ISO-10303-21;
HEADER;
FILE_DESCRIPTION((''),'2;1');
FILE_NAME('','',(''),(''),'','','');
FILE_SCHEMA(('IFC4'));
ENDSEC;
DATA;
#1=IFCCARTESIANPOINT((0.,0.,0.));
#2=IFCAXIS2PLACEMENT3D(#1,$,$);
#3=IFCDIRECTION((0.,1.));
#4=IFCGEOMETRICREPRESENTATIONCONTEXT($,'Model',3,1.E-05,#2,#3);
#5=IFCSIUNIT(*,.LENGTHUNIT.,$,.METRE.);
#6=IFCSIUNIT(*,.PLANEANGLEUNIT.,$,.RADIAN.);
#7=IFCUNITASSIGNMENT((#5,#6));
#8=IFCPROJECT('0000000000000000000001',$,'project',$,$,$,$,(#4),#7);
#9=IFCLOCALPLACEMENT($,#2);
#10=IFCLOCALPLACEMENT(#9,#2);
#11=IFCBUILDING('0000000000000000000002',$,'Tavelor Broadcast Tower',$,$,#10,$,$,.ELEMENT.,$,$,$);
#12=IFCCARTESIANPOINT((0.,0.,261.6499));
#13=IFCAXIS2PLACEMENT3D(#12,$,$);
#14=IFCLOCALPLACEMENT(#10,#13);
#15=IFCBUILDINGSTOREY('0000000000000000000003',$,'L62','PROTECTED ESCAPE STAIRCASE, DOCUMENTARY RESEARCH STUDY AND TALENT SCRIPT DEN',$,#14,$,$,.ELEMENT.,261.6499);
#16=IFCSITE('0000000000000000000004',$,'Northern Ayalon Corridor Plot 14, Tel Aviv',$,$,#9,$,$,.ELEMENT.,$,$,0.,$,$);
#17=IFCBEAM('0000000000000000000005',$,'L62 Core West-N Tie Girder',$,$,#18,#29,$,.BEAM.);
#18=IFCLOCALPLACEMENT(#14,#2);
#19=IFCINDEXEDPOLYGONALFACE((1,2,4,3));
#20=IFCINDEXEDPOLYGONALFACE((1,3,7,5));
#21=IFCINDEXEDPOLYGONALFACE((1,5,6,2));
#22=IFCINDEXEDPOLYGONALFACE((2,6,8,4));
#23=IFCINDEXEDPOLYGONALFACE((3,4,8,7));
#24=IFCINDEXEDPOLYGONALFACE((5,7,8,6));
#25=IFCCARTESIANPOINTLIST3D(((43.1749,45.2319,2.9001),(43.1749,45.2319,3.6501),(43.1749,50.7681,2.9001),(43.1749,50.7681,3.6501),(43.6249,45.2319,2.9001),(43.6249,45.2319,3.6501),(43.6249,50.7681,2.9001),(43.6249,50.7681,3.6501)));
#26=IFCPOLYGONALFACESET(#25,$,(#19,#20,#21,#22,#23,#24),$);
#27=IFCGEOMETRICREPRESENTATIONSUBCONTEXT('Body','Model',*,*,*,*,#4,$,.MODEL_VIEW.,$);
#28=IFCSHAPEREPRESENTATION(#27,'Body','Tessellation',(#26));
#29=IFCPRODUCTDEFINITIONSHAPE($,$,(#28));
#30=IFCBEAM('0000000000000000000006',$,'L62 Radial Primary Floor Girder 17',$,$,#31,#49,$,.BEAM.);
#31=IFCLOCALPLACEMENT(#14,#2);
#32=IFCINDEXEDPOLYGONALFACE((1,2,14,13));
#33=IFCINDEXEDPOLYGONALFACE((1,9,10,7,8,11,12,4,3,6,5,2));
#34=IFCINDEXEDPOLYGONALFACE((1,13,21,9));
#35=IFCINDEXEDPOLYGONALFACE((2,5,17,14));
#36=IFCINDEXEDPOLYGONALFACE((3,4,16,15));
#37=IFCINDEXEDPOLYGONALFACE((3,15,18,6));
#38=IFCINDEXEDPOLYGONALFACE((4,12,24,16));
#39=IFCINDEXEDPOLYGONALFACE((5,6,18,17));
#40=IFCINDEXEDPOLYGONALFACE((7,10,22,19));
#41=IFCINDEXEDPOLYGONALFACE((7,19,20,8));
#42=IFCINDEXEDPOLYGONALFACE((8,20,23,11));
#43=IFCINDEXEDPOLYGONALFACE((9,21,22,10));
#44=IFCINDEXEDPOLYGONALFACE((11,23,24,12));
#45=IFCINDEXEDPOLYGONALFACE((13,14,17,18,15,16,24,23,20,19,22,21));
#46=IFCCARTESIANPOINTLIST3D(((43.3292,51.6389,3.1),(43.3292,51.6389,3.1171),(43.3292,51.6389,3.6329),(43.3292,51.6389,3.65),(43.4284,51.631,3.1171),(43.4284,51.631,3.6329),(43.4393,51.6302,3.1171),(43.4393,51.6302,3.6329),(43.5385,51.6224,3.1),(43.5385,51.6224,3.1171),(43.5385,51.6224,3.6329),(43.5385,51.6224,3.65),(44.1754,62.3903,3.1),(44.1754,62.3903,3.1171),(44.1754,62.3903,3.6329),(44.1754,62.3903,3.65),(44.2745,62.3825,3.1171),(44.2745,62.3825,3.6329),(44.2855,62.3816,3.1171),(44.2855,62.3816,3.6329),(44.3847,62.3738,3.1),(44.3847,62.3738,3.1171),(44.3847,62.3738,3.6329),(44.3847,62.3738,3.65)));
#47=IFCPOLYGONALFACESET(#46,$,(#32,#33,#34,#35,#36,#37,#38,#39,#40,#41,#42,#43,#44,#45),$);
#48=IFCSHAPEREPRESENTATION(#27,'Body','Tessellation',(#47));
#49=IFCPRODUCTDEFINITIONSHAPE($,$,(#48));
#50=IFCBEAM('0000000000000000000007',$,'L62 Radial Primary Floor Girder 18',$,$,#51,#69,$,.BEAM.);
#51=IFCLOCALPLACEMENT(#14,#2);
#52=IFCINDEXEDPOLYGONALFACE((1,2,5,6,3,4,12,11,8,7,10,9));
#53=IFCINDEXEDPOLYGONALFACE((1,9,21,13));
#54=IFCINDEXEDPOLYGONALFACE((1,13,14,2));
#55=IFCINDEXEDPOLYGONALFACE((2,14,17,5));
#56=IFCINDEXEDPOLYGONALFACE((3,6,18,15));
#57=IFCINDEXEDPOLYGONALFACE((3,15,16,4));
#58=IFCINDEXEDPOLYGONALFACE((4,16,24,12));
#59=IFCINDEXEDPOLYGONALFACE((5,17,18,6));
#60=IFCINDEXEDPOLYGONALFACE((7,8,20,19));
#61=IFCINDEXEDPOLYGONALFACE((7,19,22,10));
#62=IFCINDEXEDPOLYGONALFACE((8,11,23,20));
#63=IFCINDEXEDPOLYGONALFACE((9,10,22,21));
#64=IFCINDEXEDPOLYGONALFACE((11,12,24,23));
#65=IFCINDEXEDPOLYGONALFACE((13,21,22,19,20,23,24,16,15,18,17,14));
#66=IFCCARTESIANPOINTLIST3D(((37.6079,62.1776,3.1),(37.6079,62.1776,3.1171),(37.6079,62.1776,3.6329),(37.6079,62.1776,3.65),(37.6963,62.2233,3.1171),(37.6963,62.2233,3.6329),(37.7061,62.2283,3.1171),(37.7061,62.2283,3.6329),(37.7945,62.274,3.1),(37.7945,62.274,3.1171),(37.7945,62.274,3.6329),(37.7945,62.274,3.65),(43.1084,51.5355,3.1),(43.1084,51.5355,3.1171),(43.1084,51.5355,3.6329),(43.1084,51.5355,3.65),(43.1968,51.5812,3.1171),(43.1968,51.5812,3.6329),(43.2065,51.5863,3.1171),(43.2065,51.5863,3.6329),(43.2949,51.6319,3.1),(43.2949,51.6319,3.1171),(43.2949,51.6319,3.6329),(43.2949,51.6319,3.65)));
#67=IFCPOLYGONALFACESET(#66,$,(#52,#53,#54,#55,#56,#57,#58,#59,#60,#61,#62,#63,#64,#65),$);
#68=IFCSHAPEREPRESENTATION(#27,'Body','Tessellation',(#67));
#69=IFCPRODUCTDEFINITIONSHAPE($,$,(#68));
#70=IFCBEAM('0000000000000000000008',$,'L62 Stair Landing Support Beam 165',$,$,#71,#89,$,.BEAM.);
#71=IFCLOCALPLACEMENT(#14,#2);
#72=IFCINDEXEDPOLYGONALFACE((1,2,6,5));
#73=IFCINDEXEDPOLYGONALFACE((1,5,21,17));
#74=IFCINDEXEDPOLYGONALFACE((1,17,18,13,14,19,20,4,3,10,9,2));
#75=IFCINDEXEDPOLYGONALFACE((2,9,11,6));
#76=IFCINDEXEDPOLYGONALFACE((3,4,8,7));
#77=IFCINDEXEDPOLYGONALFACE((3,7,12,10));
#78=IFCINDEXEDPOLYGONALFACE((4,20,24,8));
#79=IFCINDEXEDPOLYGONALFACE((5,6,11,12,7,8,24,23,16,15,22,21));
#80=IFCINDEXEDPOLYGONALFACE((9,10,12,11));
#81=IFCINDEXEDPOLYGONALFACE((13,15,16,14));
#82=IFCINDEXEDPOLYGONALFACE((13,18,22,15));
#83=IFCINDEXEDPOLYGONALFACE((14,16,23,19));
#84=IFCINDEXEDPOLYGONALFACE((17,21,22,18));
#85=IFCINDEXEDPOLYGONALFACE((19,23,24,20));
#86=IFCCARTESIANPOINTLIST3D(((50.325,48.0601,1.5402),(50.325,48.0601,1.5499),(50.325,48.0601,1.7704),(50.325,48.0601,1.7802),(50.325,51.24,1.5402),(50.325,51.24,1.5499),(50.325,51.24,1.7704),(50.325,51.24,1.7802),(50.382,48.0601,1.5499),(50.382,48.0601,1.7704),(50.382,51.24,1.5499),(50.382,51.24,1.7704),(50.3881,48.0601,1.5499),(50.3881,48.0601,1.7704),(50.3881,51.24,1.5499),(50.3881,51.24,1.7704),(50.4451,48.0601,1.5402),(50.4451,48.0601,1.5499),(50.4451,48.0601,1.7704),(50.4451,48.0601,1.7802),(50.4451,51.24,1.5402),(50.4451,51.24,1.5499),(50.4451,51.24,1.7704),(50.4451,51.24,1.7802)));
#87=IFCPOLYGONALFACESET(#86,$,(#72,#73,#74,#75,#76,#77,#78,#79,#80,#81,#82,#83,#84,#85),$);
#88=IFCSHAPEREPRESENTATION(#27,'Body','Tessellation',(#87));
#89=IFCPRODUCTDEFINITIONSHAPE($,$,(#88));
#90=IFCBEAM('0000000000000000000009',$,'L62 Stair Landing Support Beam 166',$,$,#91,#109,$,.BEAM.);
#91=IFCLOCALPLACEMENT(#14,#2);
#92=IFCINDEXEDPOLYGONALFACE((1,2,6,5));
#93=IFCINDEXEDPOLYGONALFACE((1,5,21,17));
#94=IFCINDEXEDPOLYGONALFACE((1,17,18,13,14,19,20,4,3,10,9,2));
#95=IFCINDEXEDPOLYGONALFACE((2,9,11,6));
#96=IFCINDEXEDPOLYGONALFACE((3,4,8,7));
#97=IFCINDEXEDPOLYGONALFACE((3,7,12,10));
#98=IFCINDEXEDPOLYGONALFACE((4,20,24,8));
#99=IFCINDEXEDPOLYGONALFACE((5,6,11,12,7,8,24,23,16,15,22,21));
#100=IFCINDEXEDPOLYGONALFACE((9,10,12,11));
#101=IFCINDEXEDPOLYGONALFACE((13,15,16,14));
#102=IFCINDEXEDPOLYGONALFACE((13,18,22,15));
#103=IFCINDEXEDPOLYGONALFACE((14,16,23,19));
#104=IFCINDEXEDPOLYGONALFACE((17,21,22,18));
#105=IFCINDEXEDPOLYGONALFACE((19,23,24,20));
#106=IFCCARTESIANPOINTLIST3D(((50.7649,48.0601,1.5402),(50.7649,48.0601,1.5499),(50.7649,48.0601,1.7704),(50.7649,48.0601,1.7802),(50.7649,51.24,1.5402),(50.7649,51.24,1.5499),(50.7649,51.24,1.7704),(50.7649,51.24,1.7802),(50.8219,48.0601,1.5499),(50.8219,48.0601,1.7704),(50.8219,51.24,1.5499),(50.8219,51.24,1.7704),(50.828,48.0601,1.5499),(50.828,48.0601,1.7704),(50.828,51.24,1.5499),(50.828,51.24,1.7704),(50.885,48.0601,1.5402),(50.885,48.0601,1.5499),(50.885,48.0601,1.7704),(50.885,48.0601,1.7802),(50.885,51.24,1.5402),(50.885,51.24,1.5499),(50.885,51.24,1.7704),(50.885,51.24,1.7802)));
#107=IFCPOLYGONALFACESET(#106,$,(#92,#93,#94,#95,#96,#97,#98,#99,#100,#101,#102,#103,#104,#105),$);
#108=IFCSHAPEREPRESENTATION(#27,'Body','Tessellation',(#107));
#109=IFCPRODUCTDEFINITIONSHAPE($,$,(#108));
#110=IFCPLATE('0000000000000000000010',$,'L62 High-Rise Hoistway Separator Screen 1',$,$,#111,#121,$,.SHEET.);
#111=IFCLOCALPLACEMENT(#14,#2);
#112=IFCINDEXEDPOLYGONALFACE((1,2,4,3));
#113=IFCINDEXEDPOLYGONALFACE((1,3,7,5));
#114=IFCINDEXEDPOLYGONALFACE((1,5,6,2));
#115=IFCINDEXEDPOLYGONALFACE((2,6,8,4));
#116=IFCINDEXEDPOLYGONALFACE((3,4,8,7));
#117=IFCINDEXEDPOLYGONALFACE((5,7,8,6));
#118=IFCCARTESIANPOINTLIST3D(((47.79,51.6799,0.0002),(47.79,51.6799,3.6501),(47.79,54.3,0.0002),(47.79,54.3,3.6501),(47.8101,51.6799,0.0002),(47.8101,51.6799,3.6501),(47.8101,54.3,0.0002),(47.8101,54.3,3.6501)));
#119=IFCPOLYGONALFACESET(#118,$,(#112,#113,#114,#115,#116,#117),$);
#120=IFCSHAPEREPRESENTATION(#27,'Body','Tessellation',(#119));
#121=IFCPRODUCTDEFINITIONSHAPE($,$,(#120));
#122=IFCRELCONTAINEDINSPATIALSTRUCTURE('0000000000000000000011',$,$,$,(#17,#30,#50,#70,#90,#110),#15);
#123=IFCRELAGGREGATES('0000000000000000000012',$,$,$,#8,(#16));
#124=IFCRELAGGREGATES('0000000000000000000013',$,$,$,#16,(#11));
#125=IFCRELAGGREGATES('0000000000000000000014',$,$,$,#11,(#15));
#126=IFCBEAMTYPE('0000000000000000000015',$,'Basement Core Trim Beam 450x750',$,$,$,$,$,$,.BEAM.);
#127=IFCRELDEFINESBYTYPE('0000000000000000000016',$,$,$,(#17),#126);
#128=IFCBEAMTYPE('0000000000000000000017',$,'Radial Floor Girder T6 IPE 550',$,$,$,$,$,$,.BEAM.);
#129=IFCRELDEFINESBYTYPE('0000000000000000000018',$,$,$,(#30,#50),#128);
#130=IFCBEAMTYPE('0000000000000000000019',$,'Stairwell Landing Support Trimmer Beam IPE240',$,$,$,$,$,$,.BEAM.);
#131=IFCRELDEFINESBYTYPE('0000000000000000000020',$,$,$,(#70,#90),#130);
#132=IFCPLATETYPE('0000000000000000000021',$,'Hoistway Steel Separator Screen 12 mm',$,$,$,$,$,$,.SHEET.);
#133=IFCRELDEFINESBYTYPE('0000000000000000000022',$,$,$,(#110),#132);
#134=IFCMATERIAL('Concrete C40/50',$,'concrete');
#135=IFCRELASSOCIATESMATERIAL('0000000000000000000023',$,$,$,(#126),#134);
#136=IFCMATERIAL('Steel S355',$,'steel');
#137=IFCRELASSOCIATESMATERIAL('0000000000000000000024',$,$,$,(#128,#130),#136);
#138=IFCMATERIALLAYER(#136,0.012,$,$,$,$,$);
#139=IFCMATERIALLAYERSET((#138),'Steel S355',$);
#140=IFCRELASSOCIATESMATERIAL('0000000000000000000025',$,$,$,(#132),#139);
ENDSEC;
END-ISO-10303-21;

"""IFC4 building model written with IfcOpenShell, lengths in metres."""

from ifc_helpers import new_model, si_unit, direction, frame, origin, origin_2d, place, context, subcontext, project, spatial, rectangle, i_section, extrude, source, transform, mapped, material, layer, layer_set, material_profile, profile_set, type_object, type_shapes, element, save


model = new_model("IFC4")

# Units and contexts
model_context = context("Model", 3, precision=1e-05, world=origin(), true_north=direction((0.0, 1.0)))
body_context = subcontext(model_context, "Body", "Model", "MODEL_VIEW")
ifc_project = project(units=[si_unit("LENGTHUNIT", "METRE"), si_unit("PLANEANGLEUNIT", "RADIAN")], contexts=[model_context])

# Site, building, storey
site_placement = place(None, origin())
site = spatial("IfcSite", under=ifc_project, at=site_placement, Name="Northern Ayalon Corridor Plot 14, Tel Aviv", CompositionType="ELEMENT", RefElevation=0.0)
building_placement = place(site_placement, origin())
building = spatial("IfcBuilding", under=site, at=building_placement, Name="Tavelor Broadcast Tower", CompositionType="ELEMENT")
storey_placement = place(building_placement, frame((0.0, 0.0, 261.6499)))
storey = spatial("IfcBuildingStorey", under=building, at=storey_placement, Name="L62", Description="PROTECTED ESCAPE STAIRCASE, DOCUMENTARY RESEARCH STUDY AND TALENT SCRIPT DEN", CompositionType="ELEMENT", Elevation=261.6499)

# Beams
ifc_material_1 = material(Name="Concrete C40/50", Category="concrete")
ifc_material_profile_1 = material_profile(ifc_material_1, rectangle(XDim=0.45, YDim=0.75, at=origin_2d()), Name="RC 450x750")
ifc_profile_set_1 = profile_set([ifc_material_profile_1], Name="Concrete C40/50")
beam_type_1 = type_object("IfcBeamType", Name="Basement Core Trim Beam 450x750", PredefinedType="BEAM", material=ifc_profile_set_1)
beam_1_placement = place(storey_placement, frame((43.3999, 45.2319, 3.2751), z_axis=(0.0, 1.0, 0.0), x_axis=(-1.0, 0.0, 0.0)))
element("IfcBeam", 1, at=beam_1_placement, inside=storey, type_object=beam_type_1, Name="L62 Core West-N Tie Girder", PredefinedType="BEAM", context=body_context, shape_type="SweptSolid", body=[
    extrude(rectangle(XDim=0.45, YDim=0.75, at=origin_2d()), origin(), (0.0, 0.0, 1.0), 5.5361),
])
ifc_material_2 = material(Name="Steel S355", Category="steel")
ifc_material_profile_2 = material_profile(ifc_material_2, i_section(OverallWidth=0.21, OverallDepth=0.55, WebThickness=0.011, FlangeThickness=0.0171, at=origin_2d()), Name="IPE 550")
ifc_profile_set_2 = profile_set([ifc_material_profile_2], Name="Steel S355")
beam_type_2 = type_object("IfcBeamType", Name="Radial Floor Girder T6 IPE 550", PredefinedType="BEAM", material=ifc_profile_set_2)
beam_2_placement = place(storey_placement, frame((43.4338, 51.6306, 3.375), z_axis=(0.078462, 0.996917, 0.0), x_axis=(-0.996917, 0.078462, 0.0)))
element("IfcBeam", 2, at=beam_2_placement, inside=storey, type_object=beam_type_2, Name="L62 Radial Primary Floor Girder 17", PredefinedType="BEAM", context=body_context, shape_type="SweptSolid", body=[
    extrude(i_section(OverallWidth=0.21, OverallDepth=0.55, WebThickness=0.011, FlangeThickness=0.0171, at=origin_2d()), origin(), (0.0, 0.0, 1.0), 10.7847),
])
beam_3_placement = place(storey_placement, frame((43.2017, 51.5837, 3.375), z_axis=(-0.459157, 0.888355, 0.0), x_axis=(-0.888355, -0.459157, 0.0)))
element("IfcBeam", 3, at=beam_3_placement, inside=storey, type_object=beam_type_2, Name="L62 Radial Primary Floor Girder 18", PredefinedType="BEAM", context=body_context, shape_type="SweptSolid", body=[
    extrude(i_section(OverallWidth=0.21, OverallDepth=0.55, WebThickness=0.011, FlangeThickness=0.0171, at=origin_2d()), origin(), (0.0, 0.0, 1.0), 11.9795),
])
ifc_material_profile_3 = material_profile(ifc_material_2, i_section(OverallWidth=0.1201, OverallDepth=0.24, WebThickness=0.0061, FlangeThickness=0.0098, at=origin_2d()), Name="IPE 240")
ifc_profile_set_3 = profile_set([ifc_material_profile_3], Name="Steel S355")
beam_type_3 = type_object("IfcBeamType", Name="Stairwell Landing Support Trimmer Beam IPE240", PredefinedType="BEAM", material=ifc_profile_set_3)
for number, where, z_axis, x_axis, name in (
    (4, (50.385, 48.0601, 1.6602), (0.0, 1.0, 0.0), (-1.0, 0.0, 0.0), "L62 Stair Landing Support Beam 165"),
    (5, (50.825, 48.0601, 1.6602), (0.0, 1.0, 0.0), (-1.0, 0.0, 0.0), "L62 Stair Landing Support Beam 166"),
):
    element("IfcBeam", number, at=place(storey_placement, frame(where, z_axis=z_axis, x_axis=x_axis)), inside=storey, type_object=beam_type_3, Name=name, PredefinedType="BEAM", context=body_context, shape_type="SweptSolid", body=[
        extrude(i_section(OverallWidth=0.1201, OverallDepth=0.24, WebThickness=0.0061, FlangeThickness=0.0098, at=origin_2d()), origin(), (0.0, 0.0, 1.0), 3.1799),
    ])

# Plate
ifc_layer_1 = layer(ifc_material_2, 0.012)
ifc_layer_set_1 = layer_set([ifc_layer_1], Name="Steel S355")
plate_type = type_object("IfcPlateType", Name="Hoistway Steel Separator Screen 12 mm", PredefinedType="SHEET", material=ifc_layer_set_1)
shared_shape = source(origin(), body_context, "Body", "SweptSolid", [
    extrude(rectangle(XDim=0.02, YDim=2.6201, at=origin_2d()), origin(), (0.0, 0.0, 1.0), 3.6499),
])
type_shapes(plate_type, [shared_shape])
plate_placement = place(storey_placement, frame((47.8, 52.99, 0.0002), z_axis=(0.0, 0.0, 1.0), x_axis=(1.0, 0.0, 0.0)))
element("IfcPlate", 6, at=plate_placement, inside=storey, type_object=plate_type, Name="L62 High-Rise Hoistway Separator Screen 1", PredefinedType="SHEET", context=body_context, shape_type="MappedRepresentation", body=[
    mapped(shared_shape, transform((0.0, 0.0, 0.0), scale=1.0)),
])

save(model, "model.ifc")
